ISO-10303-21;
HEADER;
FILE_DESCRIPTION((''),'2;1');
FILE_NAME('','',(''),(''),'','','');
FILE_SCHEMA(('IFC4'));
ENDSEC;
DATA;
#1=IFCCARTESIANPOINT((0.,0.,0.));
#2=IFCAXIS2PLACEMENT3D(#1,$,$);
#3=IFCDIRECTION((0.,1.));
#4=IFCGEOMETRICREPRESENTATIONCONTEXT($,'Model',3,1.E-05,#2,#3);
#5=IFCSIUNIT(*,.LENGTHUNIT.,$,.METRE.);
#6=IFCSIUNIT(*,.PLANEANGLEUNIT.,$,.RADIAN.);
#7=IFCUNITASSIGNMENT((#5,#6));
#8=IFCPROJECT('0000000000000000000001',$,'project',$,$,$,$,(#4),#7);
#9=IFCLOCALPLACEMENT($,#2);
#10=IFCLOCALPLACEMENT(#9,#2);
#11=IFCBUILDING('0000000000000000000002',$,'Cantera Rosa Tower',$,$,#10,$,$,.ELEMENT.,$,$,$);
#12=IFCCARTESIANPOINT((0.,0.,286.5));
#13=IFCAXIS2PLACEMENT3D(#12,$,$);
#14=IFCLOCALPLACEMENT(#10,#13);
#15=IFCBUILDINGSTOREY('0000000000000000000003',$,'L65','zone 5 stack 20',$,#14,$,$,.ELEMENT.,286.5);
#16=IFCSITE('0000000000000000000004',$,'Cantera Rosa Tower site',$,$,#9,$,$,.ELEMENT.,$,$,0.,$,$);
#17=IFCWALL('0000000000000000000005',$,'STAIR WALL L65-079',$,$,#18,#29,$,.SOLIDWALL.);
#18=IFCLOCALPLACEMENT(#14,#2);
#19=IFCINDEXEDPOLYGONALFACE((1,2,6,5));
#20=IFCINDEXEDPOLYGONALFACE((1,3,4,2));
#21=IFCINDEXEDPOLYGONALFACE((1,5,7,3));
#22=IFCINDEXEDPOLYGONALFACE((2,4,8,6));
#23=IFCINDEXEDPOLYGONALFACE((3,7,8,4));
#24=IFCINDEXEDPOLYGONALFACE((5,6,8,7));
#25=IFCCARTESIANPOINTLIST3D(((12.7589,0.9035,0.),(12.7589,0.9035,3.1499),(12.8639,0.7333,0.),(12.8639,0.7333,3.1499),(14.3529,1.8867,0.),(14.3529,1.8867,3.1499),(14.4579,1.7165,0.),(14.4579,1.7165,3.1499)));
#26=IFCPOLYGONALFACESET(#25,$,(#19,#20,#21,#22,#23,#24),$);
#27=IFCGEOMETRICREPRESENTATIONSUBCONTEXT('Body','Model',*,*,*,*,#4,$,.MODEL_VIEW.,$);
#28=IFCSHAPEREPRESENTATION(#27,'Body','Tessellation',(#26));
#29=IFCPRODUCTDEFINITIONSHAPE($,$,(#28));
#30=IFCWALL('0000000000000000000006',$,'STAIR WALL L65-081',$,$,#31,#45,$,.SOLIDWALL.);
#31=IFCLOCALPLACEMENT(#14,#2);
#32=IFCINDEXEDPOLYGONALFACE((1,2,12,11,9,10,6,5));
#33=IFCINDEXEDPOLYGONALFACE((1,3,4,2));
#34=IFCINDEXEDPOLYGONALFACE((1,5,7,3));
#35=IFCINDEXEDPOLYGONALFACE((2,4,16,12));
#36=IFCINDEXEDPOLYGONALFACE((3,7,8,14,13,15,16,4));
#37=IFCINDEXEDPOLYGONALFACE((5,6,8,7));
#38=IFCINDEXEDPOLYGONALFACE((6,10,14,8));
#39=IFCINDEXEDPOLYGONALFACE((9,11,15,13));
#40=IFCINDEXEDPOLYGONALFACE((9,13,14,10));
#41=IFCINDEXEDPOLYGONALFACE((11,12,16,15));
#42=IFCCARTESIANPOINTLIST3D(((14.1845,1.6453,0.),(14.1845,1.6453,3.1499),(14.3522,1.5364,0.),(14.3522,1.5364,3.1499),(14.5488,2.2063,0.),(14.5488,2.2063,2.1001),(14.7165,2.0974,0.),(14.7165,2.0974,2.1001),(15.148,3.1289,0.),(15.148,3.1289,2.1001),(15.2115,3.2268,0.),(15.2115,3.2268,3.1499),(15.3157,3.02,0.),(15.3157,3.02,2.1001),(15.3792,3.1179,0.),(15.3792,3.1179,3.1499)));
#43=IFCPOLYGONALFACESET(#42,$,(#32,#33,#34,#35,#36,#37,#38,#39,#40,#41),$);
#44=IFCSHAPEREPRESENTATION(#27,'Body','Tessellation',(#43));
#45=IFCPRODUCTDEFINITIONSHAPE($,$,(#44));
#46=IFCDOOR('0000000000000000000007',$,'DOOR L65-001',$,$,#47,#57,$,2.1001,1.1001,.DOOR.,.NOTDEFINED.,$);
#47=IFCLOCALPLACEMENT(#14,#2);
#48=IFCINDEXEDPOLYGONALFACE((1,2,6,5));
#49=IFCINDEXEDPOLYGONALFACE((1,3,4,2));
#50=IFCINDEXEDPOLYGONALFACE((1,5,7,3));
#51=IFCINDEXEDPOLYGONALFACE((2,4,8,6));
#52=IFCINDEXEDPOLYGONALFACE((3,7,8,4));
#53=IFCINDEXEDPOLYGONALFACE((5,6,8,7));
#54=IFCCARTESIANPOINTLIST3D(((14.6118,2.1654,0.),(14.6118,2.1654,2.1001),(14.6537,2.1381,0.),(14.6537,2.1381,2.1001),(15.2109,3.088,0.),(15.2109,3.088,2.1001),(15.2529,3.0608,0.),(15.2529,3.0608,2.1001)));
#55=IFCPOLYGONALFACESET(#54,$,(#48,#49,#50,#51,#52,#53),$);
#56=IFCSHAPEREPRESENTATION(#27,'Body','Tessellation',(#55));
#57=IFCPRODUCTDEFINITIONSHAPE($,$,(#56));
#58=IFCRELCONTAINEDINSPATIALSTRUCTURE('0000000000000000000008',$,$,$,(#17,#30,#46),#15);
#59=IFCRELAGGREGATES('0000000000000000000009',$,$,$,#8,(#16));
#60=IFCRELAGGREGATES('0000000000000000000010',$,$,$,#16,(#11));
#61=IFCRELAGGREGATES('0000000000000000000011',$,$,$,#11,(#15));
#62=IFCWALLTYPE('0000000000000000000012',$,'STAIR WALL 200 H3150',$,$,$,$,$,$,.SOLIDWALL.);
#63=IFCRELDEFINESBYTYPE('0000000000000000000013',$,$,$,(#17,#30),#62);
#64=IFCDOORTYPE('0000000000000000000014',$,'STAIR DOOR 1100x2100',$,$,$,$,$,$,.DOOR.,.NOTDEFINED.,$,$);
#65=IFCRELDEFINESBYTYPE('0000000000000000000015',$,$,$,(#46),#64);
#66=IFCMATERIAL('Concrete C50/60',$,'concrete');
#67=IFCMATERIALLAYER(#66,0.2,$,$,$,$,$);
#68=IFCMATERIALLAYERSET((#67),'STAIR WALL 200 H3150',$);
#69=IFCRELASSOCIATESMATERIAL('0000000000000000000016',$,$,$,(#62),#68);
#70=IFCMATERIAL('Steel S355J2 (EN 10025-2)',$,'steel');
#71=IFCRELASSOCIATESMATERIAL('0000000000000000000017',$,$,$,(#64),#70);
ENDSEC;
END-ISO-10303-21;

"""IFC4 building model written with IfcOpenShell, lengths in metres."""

from ifc_helpers import new_model, si_unit, direction, frame, frame_2d, origin, place, context, subcontext, project, spatial, rectangle, extrude, material, layer, layer_set, type_object, element, fill, save


model = new_model("IFC4")

# Units and contexts
model_context = context("Model", 3, precision=1e-05, world=origin(), true_north=direction((0.0, 1.0)))
body_context = subcontext(model_context, "Body", "Model", "MODEL_VIEW")
ifc_project = project(units=[si_unit("LENGTHUNIT", "METRE"), si_unit("PLANEANGLEUNIT", "RADIAN")], contexts=[model_context])

# Site, building, storey
site_placement = place(None, origin())
site = spatial("IfcSite", under=ifc_project, at=site_placement, Name="Cantera Rosa Tower site", CompositionType="ELEMENT", RefElevation=0.0)
building_placement = place(site_placement, origin())
building = spatial("IfcBuilding", under=site, at=building_placement, Name="Cantera Rosa Tower", CompositionType="ELEMENT")
storey_placement = place(building_placement, frame((0.0, 0.0, 286.5)))
storey = spatial("IfcBuildingStorey", under=building, at=storey_placement, Name="L65", Description="zone 5 stack 20", CompositionType="ELEMENT", Elevation=286.5)

# Wall
ifc_material_1 = material(Name="Concrete C50/60", Category="concrete")
ifc_layer_1 = layer(ifc_material_1, 0.2)
ifc_layer_set_1 = layer_set([ifc_layer_1], Name="STAIR WALL 200 H3150")
wall_type_1 = type_object("IfcWallType", Name="STAIR WALL 200 H3150", PredefinedType="SOLIDWALL", material=ifc_layer_set_1)
wall_1_placement = place(storey_placement, frame((12.8113, 0.8184, 0.0), z_axis=(0.0, 0.0, 1.0), x_axis=(0.851125, 0.524963, 0.0)))
element("IfcWall", 1, at=wall_1_placement, inside=storey, type_object=wall_type_1, Name="STAIR WALL L65-079", PredefinedType="SOLIDWALL", context=body_context, shape_type="SweptSolid", body=[
    extrude(rectangle(XDim=1.8728, YDim=0.2, at=frame_2d((0.9365, 0.0))), origin(), (0.0, 0.0, 1.0), 3.1499),
])

# Wall, opening, door
wall_2_placement = place(storey_placement, frame((14.2683, 1.5908, 0.0), z_axis=(0.0, 0.0, 1.0), x_axis=(0.544652, 0.838662, 0.0)))
wall_2 = element("IfcWall", 2, at=wall_2_placement, inside=storey, type_object=wall_type_1, Name="STAIR WALL L65-081", PredefinedType="SOLIDWALL", context=body_context, shape_type="SweptSolid", body=[
    extrude(rectangle(XDim=1.8857, YDim=0.2, at=frame_2d((0.9429, 0.0))), origin(), (0.0, 0.0, 1.0), 3.1499),
])
opening_1_placement = place(wall_2_placement, frame((0.6689, 0.0, 0.0)))
opening_1 = element("IfcOpeningElement", 3, at=opening_1_placement, cuts=wall_2, PredefinedType="OPENING", context=body_context, shape_type="SweptSolid", body=[
    extrude(rectangle(XDim=1.1001, YDim=2.1001, at=frame_2d((0.55, 1.05))), frame((0.0, 0.1099, 0.0), z_axis=(0.0, -1.0, 0.0), x_axis=(1.0, 0.0, 0.0)), (0.0, 0.0, 1.0), 0.22),
])
ifc_material_2 = material(Name="Steel S355J2 (EN 10025-2)", Category="steel")
door_type_1 = type_object("IfcDoorType", Name="STAIR DOOR 1100x2100", OperationType="NOTDEFINED", PredefinedType="DOOR", material=ifc_material_2)
door_1_placement = place(opening_1_placement, origin())
door_1 = element("IfcDoor", 4, at=door_1_placement, inside=storey, type_object=door_type_1, Name="DOOR L65-001", OperationType="NOTDEFINED", OverallHeight=2.1001, OverallWidth=1.1001, PredefinedType="DOOR", context=body_context, shape_type="SweptSolid", body=[
    extrude(rectangle(XDim=1.1001, YDim=2.1001, at=frame_2d((0.55, 1.05))), frame((0.0, 0.0249, 0.0), z_axis=(0.0, -1.0, 0.0), x_axis=(1.0, 0.0, 0.0)), (0.0, 0.0, 1.0), 0.05),
])
fill(opening_1, door_1)

save(model, "model.ifc")
